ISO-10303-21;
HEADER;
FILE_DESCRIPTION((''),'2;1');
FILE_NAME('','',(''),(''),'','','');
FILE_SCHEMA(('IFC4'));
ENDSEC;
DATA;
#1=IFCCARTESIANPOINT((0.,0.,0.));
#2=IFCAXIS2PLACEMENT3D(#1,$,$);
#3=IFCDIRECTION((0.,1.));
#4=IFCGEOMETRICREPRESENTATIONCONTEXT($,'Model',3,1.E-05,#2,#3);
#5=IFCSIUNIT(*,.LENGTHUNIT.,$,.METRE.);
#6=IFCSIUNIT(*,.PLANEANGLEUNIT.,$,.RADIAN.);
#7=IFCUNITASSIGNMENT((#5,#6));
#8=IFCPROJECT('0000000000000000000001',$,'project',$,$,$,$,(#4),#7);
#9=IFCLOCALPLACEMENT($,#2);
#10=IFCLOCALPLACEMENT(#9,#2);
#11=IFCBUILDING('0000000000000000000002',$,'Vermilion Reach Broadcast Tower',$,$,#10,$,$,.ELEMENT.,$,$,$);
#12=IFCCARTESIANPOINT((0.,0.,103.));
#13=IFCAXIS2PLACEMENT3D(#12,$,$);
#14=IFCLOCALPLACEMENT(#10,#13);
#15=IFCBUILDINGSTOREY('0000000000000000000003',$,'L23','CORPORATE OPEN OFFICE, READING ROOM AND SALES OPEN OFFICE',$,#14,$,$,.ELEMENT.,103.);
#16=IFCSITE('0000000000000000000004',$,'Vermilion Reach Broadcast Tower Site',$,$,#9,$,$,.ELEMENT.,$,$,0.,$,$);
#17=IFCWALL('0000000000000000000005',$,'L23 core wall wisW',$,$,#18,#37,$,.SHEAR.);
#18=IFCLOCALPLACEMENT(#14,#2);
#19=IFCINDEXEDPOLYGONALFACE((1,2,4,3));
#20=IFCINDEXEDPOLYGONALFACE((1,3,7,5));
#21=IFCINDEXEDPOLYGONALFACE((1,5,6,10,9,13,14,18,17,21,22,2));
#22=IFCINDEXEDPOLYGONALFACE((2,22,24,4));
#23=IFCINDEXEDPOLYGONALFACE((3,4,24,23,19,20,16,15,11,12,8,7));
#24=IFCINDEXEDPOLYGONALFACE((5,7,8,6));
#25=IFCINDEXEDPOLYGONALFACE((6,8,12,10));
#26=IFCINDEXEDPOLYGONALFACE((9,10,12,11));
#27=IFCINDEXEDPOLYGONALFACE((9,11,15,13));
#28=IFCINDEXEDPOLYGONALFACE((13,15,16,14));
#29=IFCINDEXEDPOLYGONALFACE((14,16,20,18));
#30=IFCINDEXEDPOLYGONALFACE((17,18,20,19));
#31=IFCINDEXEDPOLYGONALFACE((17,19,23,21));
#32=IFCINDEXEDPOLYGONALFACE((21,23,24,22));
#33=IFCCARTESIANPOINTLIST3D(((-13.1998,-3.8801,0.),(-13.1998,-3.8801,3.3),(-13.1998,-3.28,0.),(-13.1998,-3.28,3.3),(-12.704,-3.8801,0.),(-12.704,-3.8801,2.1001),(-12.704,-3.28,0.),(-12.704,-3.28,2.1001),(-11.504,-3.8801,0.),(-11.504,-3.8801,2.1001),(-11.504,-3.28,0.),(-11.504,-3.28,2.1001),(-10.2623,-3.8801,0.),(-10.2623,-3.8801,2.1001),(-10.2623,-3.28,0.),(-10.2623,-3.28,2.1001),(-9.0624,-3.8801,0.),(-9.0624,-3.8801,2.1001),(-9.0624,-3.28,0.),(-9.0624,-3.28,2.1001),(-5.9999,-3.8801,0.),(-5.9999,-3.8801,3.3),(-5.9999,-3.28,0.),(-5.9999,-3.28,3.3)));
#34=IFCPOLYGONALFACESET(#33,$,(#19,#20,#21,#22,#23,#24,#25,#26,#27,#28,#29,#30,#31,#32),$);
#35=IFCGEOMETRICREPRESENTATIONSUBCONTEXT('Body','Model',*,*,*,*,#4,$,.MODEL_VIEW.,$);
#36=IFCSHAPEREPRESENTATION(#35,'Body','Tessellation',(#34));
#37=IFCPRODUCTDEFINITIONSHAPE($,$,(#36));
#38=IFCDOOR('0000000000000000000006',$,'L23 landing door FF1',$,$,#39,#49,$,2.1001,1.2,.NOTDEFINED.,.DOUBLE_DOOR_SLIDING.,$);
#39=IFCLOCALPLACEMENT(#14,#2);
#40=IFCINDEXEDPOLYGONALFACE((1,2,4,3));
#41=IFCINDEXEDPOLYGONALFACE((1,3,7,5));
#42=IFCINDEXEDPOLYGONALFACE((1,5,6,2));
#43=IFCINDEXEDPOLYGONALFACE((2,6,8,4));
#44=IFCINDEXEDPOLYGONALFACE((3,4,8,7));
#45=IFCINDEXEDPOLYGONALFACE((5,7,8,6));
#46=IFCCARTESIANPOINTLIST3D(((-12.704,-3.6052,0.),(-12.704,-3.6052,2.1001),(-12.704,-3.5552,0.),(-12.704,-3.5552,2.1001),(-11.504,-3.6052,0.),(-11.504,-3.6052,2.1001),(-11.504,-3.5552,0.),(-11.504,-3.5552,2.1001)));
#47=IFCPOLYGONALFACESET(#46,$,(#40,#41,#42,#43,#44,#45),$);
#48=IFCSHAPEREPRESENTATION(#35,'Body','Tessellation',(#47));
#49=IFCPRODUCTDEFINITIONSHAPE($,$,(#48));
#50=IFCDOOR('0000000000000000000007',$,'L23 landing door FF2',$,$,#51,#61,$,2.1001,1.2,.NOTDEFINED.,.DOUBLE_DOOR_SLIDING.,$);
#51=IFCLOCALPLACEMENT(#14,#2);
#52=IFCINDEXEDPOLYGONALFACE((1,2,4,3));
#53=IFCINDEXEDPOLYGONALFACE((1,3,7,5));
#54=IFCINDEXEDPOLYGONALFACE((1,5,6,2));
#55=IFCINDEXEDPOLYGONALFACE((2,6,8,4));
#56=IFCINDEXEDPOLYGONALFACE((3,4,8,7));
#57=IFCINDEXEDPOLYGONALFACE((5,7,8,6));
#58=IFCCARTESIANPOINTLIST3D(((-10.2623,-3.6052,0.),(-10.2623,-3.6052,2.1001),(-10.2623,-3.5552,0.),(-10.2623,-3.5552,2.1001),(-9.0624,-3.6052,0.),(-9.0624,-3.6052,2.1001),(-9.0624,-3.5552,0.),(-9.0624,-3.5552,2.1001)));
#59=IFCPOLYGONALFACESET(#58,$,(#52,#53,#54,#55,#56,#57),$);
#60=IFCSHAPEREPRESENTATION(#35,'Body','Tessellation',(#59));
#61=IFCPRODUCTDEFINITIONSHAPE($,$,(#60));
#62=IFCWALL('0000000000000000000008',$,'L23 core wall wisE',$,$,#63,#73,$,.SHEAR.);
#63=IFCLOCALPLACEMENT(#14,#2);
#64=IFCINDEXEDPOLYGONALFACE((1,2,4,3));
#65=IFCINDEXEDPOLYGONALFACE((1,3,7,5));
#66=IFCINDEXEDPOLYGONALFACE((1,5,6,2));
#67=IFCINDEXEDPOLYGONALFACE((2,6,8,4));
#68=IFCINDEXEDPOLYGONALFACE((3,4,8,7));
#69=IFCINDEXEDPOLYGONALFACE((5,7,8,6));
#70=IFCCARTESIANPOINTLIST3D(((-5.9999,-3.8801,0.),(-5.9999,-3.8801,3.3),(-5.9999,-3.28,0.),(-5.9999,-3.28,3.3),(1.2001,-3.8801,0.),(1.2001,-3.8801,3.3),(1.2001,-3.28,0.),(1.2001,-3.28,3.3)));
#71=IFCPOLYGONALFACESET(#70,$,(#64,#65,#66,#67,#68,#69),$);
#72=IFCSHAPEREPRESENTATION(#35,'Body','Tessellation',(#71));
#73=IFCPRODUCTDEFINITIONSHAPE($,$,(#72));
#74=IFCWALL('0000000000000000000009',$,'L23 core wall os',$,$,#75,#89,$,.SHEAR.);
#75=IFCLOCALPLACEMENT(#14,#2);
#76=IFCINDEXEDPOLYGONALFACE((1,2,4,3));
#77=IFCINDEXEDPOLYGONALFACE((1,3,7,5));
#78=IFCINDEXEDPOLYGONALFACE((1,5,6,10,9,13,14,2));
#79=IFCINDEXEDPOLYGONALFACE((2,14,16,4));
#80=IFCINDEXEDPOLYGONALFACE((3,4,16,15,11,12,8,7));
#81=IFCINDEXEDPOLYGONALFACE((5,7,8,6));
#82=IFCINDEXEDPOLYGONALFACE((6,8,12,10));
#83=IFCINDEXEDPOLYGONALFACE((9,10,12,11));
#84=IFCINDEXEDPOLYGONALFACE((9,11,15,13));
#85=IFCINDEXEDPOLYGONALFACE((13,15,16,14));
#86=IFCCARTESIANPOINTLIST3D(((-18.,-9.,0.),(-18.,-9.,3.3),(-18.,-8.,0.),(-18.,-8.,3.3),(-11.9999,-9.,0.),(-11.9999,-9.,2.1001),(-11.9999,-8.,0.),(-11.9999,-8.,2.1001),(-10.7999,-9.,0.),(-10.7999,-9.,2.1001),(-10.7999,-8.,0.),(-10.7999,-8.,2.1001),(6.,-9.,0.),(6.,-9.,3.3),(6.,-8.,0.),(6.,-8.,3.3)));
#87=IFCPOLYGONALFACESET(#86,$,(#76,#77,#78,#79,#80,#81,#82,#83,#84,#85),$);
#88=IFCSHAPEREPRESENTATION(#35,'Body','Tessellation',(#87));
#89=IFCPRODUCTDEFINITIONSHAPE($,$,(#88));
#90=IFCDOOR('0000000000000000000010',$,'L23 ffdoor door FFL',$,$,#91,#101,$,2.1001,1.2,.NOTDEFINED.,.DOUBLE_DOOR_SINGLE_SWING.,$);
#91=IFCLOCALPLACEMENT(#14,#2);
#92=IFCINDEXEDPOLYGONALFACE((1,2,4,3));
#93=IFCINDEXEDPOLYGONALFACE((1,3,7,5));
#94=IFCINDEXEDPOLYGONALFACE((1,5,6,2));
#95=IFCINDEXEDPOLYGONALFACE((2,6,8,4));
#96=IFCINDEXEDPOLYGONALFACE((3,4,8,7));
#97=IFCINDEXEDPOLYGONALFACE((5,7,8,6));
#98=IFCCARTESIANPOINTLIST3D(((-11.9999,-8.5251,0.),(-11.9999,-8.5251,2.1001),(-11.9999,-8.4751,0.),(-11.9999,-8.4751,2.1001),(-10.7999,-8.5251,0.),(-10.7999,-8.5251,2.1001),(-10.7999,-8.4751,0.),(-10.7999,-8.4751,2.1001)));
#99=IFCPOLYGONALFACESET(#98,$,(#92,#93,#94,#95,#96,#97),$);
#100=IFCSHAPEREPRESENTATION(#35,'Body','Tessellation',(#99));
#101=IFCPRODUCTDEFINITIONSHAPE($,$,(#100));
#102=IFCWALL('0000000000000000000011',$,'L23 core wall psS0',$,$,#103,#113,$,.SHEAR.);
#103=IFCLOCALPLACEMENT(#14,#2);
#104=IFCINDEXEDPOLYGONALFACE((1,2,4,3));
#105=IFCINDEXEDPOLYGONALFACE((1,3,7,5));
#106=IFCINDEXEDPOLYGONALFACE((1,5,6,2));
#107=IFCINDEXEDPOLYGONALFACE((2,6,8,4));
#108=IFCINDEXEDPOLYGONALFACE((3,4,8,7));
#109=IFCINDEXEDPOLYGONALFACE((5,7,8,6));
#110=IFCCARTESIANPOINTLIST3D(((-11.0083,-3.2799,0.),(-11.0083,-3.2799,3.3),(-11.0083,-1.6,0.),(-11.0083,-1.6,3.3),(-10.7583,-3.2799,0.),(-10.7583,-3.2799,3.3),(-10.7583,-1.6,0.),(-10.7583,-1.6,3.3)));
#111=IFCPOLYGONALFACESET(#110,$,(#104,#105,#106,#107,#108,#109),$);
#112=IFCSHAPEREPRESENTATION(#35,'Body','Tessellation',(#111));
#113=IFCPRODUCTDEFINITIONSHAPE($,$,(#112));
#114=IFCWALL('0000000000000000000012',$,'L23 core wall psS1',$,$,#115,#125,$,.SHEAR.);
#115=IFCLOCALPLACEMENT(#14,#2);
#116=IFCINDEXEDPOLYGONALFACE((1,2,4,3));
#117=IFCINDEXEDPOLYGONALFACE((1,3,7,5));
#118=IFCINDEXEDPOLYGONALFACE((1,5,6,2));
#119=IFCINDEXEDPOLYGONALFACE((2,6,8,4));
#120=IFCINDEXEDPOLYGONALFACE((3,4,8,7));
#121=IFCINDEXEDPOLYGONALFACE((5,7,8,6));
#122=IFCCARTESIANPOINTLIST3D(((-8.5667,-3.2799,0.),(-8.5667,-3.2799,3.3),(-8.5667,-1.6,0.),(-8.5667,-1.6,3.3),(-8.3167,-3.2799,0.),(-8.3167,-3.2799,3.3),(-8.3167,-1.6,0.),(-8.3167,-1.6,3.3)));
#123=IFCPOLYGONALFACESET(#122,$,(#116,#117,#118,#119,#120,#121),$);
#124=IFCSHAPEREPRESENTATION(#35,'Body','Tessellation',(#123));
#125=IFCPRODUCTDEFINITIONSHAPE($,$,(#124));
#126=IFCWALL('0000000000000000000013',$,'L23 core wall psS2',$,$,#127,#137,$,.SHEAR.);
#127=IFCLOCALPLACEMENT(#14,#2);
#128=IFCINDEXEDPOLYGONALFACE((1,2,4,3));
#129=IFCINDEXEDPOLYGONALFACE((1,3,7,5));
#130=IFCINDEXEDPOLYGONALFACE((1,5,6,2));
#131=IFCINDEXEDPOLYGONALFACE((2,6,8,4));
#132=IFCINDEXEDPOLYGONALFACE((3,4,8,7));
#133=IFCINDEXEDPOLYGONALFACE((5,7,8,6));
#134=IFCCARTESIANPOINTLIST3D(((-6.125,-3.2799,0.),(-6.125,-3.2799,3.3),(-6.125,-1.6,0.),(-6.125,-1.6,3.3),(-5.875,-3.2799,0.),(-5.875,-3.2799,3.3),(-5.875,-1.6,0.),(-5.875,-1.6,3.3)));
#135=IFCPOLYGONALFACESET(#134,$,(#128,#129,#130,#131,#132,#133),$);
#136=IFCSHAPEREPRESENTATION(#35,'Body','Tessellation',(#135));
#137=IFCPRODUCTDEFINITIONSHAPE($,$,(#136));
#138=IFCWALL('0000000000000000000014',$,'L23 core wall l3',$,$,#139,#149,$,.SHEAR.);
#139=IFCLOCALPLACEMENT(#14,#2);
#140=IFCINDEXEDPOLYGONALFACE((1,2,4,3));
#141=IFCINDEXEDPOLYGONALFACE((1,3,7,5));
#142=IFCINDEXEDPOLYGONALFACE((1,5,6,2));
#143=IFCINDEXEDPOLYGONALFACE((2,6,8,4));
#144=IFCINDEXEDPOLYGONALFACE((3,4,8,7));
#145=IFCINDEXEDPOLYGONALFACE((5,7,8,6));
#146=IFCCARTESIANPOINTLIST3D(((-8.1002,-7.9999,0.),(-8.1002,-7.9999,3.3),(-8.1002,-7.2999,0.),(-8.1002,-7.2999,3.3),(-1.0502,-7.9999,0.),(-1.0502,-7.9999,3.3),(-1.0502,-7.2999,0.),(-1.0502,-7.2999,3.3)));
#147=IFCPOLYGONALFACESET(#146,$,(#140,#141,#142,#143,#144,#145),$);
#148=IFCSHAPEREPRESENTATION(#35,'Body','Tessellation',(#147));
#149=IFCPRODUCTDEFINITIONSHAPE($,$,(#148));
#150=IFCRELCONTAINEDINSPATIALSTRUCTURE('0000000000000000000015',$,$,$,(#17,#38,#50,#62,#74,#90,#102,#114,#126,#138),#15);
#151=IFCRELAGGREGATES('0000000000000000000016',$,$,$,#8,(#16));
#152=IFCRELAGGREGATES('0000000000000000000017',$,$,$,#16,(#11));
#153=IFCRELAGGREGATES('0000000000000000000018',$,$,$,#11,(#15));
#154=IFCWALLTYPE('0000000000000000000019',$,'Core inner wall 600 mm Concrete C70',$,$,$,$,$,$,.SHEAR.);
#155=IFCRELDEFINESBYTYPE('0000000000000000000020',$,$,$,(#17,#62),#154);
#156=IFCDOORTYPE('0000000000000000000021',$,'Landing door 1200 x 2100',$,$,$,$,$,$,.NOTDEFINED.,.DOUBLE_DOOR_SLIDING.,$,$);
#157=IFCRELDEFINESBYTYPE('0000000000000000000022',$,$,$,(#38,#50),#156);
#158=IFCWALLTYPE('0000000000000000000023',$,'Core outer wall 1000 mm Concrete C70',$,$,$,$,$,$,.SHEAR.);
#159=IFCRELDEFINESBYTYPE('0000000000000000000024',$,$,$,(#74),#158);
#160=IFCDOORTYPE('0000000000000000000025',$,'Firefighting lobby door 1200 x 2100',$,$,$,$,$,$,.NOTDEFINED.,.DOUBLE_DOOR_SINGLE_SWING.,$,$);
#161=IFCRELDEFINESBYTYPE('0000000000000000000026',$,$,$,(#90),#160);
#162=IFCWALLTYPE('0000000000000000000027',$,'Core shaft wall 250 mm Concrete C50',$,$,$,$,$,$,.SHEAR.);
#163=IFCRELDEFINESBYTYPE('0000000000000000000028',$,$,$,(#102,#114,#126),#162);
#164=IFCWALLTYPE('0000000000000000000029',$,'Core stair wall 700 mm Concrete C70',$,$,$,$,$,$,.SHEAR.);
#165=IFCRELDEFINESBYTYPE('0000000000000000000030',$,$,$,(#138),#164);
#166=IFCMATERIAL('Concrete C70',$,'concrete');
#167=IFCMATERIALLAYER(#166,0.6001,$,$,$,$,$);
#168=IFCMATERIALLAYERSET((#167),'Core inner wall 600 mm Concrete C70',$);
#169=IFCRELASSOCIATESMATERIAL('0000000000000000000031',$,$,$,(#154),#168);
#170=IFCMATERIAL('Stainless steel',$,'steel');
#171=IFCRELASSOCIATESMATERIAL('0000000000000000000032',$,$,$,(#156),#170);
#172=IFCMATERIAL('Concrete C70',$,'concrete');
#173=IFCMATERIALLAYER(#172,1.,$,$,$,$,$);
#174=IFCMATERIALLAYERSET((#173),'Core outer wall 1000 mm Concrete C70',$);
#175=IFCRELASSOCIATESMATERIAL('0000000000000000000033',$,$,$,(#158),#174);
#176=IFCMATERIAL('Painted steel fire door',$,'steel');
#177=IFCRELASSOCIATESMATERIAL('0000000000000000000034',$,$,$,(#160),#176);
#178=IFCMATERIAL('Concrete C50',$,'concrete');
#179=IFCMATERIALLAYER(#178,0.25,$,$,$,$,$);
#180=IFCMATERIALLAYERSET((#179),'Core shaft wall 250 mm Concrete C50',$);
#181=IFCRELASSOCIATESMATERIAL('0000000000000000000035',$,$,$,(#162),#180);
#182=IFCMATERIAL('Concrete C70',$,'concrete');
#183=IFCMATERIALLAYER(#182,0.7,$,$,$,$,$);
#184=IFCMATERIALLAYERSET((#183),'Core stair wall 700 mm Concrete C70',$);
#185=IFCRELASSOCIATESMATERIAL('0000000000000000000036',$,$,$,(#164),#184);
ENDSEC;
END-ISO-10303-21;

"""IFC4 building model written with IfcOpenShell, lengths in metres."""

from ifc_helpers import new_model, si_unit, direction, frame, frame_2d, origin, place, context, subcontext, project, spatial, rectangle, extrude, material, layer, layer_set, type_object, element, fill, save


model = new_model("IFC4")

# Units and contexts
model_context = context("Model", 3, precision=1e-05, world=origin(), true_north=direction((0.0, 1.0)))
body_context = subcontext(model_context, "Body", "Model", "MODEL_VIEW")
ifc_project = project(units=[si_unit("LENGTHUNIT", "METRE"), si_unit("PLANEANGLEUNIT", "RADIAN")], contexts=[model_context])

# Site, building, storey
site_placement = place(None, origin())
site = spatial("IfcSite", under=ifc_project, at=site_placement, Name="Vermilion Reach Broadcast Tower Site", CompositionType="ELEMENT", RefElevation=0.0)
building_placement = place(site_placement, origin())
building = spatial("IfcBuilding", under=site, at=building_placement, Name="Vermilion Reach Broadcast Tower", CompositionType="ELEMENT")
storey_placement = place(building_placement, frame((0.0, 0.0, 103.0)))
storey = spatial("IfcBuildingStorey", under=building, at=storey_placement, Name="L23", Description="CORPORATE OPEN OFFICE, READING ROOM AND SALES OPEN OFFICE", CompositionType="ELEMENT", Elevation=103.0)

# Wall, openings, doors
ifc_material_1 = material(Name="Concrete C70", Category="concrete")
ifc_layer_1 = layer(ifc_material_1, 0.6001)
ifc_layer_set_1 = layer_set([ifc_layer_1], Name="Core inner wall 600 mm Concrete C70")
wall_type_1 = type_object("IfcWallType", Name="Core inner wall 600 mm Concrete C70", PredefinedType="SHEAR", material=ifc_layer_set_1)
wall_1_placement = place(storey_placement, frame((-13.2, -3.5801, 0.0), z_axis=(0.0, 0.0, 1.0), x_axis=(1.0, 0.0, 0.0)))
wall_1 = element("IfcWall", 1, at=wall_1_placement, inside=storey, type_object=wall_type_1, Name="L23 core wall wisW", PredefinedType="SHEAR", context=body_context, shape_type="SweptSolid", body=[
    extrude(rectangle(XDim=7.2, YDim=0.6001, at=frame_2d((3.6001, 0.0))), origin(), (0.0, 0.0, 1.0), 3.3),
])
opening_1_placement = place(wall_1_placement, frame((0.4958, 0.0, 0.0)))
opening_1 = element("IfcOpeningElement", 2, at=opening_1_placement, cuts=wall_1, PredefinedType="OPENING", context=body_context, shape_type="SweptSolid", body=[
    extrude(rectangle(XDim=1.2, YDim=2.1001, at=frame_2d((0.6001, 1.05))), frame((0.0, 0.3101, 0.0), z_axis=(0.0, -1.0, 0.0), x_axis=(1.0, 0.0, 0.0)), (0.0, 0.0, 1.0), 0.6201),
])
opening_2_placement = place(wall_1_placement, frame((2.9375, 0.0, 0.0)))
opening_2 = element("IfcOpeningElement", 3, at=opening_2_placement, cuts=wall_1, PredefinedType="OPENING", context=body_context, shape_type="SweptSolid", body=[
    extrude(rectangle(XDim=1.2, YDim=2.1001, at=frame_2d((0.6001, 1.05))), frame((0.0, 0.3101, 0.0), z_axis=(0.0, -1.0, 0.0), x_axis=(1.0, 0.0, 0.0)), (0.0, 0.0, 1.0), 0.6201),
])
ifc_material_2 = material(Name="Stainless steel", Category="steel")
door_type_1 = type_object("IfcDoorType", Name="Landing door 1200 x 2100", OperationType="DOUBLE_DOOR_SLIDING", PredefinedType="NOTDEFINED", material=ifc_material_2)
door_1_placement = place(opening_1_placement, origin())
door_1 = element("IfcDoor", 4, at=door_1_placement, inside=storey, type_object=door_type_1, Name="L23 landing door FF1", OperationType="DOUBLE_DOOR_SLIDING", OverallHeight=2.1001, OverallWidth=1.2, PredefinedType="NOTDEFINED", context=body_context, shape_type="SweptSolid", body=[
    extrude(rectangle(XDim=1.2, YDim=2.1001, at=frame_2d((0.6001, 1.05))), frame((0.0, 0.0249, 0.0), z_axis=(0.0, -1.0, 0.0), x_axis=(1.0, 0.0, 0.0)), (0.0, 0.0, 1.0), 0.05),
])
fill(opening_1, door_1)
door_2_placement = place(opening_2_placement, origin())
door_2 = element("IfcDoor", 5, at=door_2_placement, inside=storey, type_object=door_type_1, Name="L23 landing door FF2", OperationType="DOUBLE_DOOR_SLIDING", OverallHeight=2.1001, OverallWidth=1.2, PredefinedType="NOTDEFINED", context=body_context, shape_type="SweptSolid", body=[
    extrude(rectangle(XDim=1.2, YDim=2.1001, at=frame_2d((0.6001, 1.05))), frame((0.0, 0.0249, 0.0), z_axis=(0.0, -1.0, 0.0), x_axis=(1.0, 0.0, 0.0)), (0.0, 0.0, 1.0), 0.05),
])
fill(opening_2, door_2)

# Wall
wall_2_placement = place(storey_placement, frame((-6.0, -3.5801, 0.0), z_axis=(0.0, 0.0, 1.0), x_axis=(1.0, 0.0, 0.0)))
element("IfcWall", 6, at=wall_2_placement, inside=storey, type_object=wall_type_1, Name="L23 core wall wisE", PredefinedType="SHEAR", context=body_context, shape_type="SweptSolid", body=[
    extrude(rectangle(XDim=7.2, YDim=0.6001, at=frame_2d((3.6001, 0.0))), origin(), (0.0, 0.0, 1.0), 3.3),
])

# Wall, opening, door
ifc_material_3 = material(Name="Concrete C70", Category="concrete")
ifc_layer_2 = layer(ifc_material_3, 1.0)
ifc_layer_set_2 = layer_set([ifc_layer_2], Name="Core outer wall 1000 mm Concrete C70")
wall_type_2 = type_object("IfcWallType", Name="Core outer wall 1000 mm Concrete C70", PredefinedType="SHEAR", material=ifc_layer_set_2)
wall_3_placement = place(storey_placement, frame((-18.0, -8.5, 0.0), z_axis=(0.0, 0.0, 1.0), x_axis=(1.0, 0.0, 0.0)))
wall_3 = element("IfcWall", 7, at=wall_3_placement, inside=storey, type_object=wall_type_2, Name="L23 core wall os", PredefinedType="SHEAR", context=body_context, shape_type="SweptSolid", body=[
    extrude(rectangle(XDim=24.0, YDim=1.0, at=frame_2d((12.0, 0.0))), origin(), (0.0, 0.0, 1.0), 3.3),
])
opening_3_placement = place(wall_3_placement, frame((6.0, 0.0, 0.0)))
opening_3 = element("IfcOpeningElement", 8, at=opening_3_placement, cuts=wall_3, PredefinedType="OPENING", context=body_context, shape_type="SweptSolid", body=[
    extrude(rectangle(XDim=1.2, YDim=2.1001, at=frame_2d((0.6001, 1.05))), frame((0.0, 0.51, 0.0), z_axis=(0.0, -1.0, 0.0), x_axis=(1.0, 0.0, 0.0)), (0.0, 0.0, 1.0), 1.02),
])
ifc_material_4 = material(Name="Painted steel fire door", Category="steel")
door_type_2 = type_object("IfcDoorType", Name="Firefighting lobby door 1200 x 2100", OperationType="DOUBLE_DOOR_SINGLE_SWING", PredefinedType="NOTDEFINED", material=ifc_material_4)
door_3_placement = place(opening_3_placement, origin())
door_3 = element("IfcDoor", 9, at=door_3_placement, inside=storey, type_object=door_type_2, Name="L23 ffdoor door FFL", OperationType="DOUBLE_DOOR_SINGLE_SWING", OverallHeight=2.1001, OverallWidth=1.2, PredefinedType="NOTDEFINED", context=body_context, shape_type="SweptSolid", body=[
    extrude(rectangle(XDim=1.2, YDim=2.1001, at=frame_2d((0.6001, 1.05))), frame((0.0, 0.0249, 0.0), z_axis=(0.0, -1.0, 0.0), x_axis=(1.0, 0.0, 0.0)), (0.0, 0.0, 1.0), 0.05),
])
fill(opening_3, door_3)

# Walls
ifc_material_5 = material(Name="Concrete C50", Category="concrete")
ifc_layer_3 = layer(ifc_material_5, 0.25)
ifc_layer_set_3 = layer_set([ifc_layer_3], Name="Core shaft wall 250 mm Concrete C50")
wall_type_3 = type_object("IfcWallType", Name="Core shaft wall 250 mm Concrete C50", PredefinedType="SHEAR", material=ifc_layer_set_3)
for number, where, z_axis, x_axis, name in (
    (10, (-10.8833, -1.6001, 0.0), (0.0, 0.0, 1.0), (0.0, -1.0, 0.0), "L23 core wall psS0"),
    (11, (-8.4417, -1.6001, 0.0), (0.0, 0.0, 1.0), (0.0, -1.0, 0.0), "L23 core wall psS1"),
    (12, (-6.0, -1.6001, 0.0), (0.0, 0.0, 1.0), (0.0, -1.0, 0.0), "L23 core wall psS2"),
):
    element("IfcWall", number, at=place(storey_placement, frame(where, z_axis=z_axis, x_axis=x_axis)), inside=storey, type_object=wall_type_3, Name=name, PredefinedType="SHEAR", context=body_context, shape_type="SweptSolid", body=[
        extrude(rectangle(XDim=1.6799, YDim=0.25, at=frame_2d((0.8398, 0.0))), origin(), (0.0, 0.0, 1.0), 3.3),
    ])
ifc_material_6 = material(Name="Concrete C70", Category="concrete")
ifc_layer_4 = layer(ifc_material_6, 0.7)
ifc_layer_set_4 = layer_set([ifc_layer_4], Name="Core stair wall 700 mm Concrete C70")
wall_type_4 = type_object("IfcWallType", Name="Core stair wall 700 mm Concrete C70", PredefinedType="SHEAR", material=ifc_layer_set_4)
wall_4_placement = place(storey_placement, frame((-8.1001, -7.6499, 0.0), z_axis=(0.0, 0.0, 1.0), x_axis=(1.0, 0.0, 0.0)))
element("IfcWall", 13, at=wall_4_placement, inside=storey, type_object=wall_type_4, Name="L23 core wall l3", PredefinedType="SHEAR", context=body_context, shape_type="SweptSolid", body=[
    extrude(rectangle(XDim=7.05, YDim=0.7, at=frame_2d((3.5249, 0.0))), origin(), (0.0, 0.0, 1.0), 3.3),
])

save(model, "model.ifc")
